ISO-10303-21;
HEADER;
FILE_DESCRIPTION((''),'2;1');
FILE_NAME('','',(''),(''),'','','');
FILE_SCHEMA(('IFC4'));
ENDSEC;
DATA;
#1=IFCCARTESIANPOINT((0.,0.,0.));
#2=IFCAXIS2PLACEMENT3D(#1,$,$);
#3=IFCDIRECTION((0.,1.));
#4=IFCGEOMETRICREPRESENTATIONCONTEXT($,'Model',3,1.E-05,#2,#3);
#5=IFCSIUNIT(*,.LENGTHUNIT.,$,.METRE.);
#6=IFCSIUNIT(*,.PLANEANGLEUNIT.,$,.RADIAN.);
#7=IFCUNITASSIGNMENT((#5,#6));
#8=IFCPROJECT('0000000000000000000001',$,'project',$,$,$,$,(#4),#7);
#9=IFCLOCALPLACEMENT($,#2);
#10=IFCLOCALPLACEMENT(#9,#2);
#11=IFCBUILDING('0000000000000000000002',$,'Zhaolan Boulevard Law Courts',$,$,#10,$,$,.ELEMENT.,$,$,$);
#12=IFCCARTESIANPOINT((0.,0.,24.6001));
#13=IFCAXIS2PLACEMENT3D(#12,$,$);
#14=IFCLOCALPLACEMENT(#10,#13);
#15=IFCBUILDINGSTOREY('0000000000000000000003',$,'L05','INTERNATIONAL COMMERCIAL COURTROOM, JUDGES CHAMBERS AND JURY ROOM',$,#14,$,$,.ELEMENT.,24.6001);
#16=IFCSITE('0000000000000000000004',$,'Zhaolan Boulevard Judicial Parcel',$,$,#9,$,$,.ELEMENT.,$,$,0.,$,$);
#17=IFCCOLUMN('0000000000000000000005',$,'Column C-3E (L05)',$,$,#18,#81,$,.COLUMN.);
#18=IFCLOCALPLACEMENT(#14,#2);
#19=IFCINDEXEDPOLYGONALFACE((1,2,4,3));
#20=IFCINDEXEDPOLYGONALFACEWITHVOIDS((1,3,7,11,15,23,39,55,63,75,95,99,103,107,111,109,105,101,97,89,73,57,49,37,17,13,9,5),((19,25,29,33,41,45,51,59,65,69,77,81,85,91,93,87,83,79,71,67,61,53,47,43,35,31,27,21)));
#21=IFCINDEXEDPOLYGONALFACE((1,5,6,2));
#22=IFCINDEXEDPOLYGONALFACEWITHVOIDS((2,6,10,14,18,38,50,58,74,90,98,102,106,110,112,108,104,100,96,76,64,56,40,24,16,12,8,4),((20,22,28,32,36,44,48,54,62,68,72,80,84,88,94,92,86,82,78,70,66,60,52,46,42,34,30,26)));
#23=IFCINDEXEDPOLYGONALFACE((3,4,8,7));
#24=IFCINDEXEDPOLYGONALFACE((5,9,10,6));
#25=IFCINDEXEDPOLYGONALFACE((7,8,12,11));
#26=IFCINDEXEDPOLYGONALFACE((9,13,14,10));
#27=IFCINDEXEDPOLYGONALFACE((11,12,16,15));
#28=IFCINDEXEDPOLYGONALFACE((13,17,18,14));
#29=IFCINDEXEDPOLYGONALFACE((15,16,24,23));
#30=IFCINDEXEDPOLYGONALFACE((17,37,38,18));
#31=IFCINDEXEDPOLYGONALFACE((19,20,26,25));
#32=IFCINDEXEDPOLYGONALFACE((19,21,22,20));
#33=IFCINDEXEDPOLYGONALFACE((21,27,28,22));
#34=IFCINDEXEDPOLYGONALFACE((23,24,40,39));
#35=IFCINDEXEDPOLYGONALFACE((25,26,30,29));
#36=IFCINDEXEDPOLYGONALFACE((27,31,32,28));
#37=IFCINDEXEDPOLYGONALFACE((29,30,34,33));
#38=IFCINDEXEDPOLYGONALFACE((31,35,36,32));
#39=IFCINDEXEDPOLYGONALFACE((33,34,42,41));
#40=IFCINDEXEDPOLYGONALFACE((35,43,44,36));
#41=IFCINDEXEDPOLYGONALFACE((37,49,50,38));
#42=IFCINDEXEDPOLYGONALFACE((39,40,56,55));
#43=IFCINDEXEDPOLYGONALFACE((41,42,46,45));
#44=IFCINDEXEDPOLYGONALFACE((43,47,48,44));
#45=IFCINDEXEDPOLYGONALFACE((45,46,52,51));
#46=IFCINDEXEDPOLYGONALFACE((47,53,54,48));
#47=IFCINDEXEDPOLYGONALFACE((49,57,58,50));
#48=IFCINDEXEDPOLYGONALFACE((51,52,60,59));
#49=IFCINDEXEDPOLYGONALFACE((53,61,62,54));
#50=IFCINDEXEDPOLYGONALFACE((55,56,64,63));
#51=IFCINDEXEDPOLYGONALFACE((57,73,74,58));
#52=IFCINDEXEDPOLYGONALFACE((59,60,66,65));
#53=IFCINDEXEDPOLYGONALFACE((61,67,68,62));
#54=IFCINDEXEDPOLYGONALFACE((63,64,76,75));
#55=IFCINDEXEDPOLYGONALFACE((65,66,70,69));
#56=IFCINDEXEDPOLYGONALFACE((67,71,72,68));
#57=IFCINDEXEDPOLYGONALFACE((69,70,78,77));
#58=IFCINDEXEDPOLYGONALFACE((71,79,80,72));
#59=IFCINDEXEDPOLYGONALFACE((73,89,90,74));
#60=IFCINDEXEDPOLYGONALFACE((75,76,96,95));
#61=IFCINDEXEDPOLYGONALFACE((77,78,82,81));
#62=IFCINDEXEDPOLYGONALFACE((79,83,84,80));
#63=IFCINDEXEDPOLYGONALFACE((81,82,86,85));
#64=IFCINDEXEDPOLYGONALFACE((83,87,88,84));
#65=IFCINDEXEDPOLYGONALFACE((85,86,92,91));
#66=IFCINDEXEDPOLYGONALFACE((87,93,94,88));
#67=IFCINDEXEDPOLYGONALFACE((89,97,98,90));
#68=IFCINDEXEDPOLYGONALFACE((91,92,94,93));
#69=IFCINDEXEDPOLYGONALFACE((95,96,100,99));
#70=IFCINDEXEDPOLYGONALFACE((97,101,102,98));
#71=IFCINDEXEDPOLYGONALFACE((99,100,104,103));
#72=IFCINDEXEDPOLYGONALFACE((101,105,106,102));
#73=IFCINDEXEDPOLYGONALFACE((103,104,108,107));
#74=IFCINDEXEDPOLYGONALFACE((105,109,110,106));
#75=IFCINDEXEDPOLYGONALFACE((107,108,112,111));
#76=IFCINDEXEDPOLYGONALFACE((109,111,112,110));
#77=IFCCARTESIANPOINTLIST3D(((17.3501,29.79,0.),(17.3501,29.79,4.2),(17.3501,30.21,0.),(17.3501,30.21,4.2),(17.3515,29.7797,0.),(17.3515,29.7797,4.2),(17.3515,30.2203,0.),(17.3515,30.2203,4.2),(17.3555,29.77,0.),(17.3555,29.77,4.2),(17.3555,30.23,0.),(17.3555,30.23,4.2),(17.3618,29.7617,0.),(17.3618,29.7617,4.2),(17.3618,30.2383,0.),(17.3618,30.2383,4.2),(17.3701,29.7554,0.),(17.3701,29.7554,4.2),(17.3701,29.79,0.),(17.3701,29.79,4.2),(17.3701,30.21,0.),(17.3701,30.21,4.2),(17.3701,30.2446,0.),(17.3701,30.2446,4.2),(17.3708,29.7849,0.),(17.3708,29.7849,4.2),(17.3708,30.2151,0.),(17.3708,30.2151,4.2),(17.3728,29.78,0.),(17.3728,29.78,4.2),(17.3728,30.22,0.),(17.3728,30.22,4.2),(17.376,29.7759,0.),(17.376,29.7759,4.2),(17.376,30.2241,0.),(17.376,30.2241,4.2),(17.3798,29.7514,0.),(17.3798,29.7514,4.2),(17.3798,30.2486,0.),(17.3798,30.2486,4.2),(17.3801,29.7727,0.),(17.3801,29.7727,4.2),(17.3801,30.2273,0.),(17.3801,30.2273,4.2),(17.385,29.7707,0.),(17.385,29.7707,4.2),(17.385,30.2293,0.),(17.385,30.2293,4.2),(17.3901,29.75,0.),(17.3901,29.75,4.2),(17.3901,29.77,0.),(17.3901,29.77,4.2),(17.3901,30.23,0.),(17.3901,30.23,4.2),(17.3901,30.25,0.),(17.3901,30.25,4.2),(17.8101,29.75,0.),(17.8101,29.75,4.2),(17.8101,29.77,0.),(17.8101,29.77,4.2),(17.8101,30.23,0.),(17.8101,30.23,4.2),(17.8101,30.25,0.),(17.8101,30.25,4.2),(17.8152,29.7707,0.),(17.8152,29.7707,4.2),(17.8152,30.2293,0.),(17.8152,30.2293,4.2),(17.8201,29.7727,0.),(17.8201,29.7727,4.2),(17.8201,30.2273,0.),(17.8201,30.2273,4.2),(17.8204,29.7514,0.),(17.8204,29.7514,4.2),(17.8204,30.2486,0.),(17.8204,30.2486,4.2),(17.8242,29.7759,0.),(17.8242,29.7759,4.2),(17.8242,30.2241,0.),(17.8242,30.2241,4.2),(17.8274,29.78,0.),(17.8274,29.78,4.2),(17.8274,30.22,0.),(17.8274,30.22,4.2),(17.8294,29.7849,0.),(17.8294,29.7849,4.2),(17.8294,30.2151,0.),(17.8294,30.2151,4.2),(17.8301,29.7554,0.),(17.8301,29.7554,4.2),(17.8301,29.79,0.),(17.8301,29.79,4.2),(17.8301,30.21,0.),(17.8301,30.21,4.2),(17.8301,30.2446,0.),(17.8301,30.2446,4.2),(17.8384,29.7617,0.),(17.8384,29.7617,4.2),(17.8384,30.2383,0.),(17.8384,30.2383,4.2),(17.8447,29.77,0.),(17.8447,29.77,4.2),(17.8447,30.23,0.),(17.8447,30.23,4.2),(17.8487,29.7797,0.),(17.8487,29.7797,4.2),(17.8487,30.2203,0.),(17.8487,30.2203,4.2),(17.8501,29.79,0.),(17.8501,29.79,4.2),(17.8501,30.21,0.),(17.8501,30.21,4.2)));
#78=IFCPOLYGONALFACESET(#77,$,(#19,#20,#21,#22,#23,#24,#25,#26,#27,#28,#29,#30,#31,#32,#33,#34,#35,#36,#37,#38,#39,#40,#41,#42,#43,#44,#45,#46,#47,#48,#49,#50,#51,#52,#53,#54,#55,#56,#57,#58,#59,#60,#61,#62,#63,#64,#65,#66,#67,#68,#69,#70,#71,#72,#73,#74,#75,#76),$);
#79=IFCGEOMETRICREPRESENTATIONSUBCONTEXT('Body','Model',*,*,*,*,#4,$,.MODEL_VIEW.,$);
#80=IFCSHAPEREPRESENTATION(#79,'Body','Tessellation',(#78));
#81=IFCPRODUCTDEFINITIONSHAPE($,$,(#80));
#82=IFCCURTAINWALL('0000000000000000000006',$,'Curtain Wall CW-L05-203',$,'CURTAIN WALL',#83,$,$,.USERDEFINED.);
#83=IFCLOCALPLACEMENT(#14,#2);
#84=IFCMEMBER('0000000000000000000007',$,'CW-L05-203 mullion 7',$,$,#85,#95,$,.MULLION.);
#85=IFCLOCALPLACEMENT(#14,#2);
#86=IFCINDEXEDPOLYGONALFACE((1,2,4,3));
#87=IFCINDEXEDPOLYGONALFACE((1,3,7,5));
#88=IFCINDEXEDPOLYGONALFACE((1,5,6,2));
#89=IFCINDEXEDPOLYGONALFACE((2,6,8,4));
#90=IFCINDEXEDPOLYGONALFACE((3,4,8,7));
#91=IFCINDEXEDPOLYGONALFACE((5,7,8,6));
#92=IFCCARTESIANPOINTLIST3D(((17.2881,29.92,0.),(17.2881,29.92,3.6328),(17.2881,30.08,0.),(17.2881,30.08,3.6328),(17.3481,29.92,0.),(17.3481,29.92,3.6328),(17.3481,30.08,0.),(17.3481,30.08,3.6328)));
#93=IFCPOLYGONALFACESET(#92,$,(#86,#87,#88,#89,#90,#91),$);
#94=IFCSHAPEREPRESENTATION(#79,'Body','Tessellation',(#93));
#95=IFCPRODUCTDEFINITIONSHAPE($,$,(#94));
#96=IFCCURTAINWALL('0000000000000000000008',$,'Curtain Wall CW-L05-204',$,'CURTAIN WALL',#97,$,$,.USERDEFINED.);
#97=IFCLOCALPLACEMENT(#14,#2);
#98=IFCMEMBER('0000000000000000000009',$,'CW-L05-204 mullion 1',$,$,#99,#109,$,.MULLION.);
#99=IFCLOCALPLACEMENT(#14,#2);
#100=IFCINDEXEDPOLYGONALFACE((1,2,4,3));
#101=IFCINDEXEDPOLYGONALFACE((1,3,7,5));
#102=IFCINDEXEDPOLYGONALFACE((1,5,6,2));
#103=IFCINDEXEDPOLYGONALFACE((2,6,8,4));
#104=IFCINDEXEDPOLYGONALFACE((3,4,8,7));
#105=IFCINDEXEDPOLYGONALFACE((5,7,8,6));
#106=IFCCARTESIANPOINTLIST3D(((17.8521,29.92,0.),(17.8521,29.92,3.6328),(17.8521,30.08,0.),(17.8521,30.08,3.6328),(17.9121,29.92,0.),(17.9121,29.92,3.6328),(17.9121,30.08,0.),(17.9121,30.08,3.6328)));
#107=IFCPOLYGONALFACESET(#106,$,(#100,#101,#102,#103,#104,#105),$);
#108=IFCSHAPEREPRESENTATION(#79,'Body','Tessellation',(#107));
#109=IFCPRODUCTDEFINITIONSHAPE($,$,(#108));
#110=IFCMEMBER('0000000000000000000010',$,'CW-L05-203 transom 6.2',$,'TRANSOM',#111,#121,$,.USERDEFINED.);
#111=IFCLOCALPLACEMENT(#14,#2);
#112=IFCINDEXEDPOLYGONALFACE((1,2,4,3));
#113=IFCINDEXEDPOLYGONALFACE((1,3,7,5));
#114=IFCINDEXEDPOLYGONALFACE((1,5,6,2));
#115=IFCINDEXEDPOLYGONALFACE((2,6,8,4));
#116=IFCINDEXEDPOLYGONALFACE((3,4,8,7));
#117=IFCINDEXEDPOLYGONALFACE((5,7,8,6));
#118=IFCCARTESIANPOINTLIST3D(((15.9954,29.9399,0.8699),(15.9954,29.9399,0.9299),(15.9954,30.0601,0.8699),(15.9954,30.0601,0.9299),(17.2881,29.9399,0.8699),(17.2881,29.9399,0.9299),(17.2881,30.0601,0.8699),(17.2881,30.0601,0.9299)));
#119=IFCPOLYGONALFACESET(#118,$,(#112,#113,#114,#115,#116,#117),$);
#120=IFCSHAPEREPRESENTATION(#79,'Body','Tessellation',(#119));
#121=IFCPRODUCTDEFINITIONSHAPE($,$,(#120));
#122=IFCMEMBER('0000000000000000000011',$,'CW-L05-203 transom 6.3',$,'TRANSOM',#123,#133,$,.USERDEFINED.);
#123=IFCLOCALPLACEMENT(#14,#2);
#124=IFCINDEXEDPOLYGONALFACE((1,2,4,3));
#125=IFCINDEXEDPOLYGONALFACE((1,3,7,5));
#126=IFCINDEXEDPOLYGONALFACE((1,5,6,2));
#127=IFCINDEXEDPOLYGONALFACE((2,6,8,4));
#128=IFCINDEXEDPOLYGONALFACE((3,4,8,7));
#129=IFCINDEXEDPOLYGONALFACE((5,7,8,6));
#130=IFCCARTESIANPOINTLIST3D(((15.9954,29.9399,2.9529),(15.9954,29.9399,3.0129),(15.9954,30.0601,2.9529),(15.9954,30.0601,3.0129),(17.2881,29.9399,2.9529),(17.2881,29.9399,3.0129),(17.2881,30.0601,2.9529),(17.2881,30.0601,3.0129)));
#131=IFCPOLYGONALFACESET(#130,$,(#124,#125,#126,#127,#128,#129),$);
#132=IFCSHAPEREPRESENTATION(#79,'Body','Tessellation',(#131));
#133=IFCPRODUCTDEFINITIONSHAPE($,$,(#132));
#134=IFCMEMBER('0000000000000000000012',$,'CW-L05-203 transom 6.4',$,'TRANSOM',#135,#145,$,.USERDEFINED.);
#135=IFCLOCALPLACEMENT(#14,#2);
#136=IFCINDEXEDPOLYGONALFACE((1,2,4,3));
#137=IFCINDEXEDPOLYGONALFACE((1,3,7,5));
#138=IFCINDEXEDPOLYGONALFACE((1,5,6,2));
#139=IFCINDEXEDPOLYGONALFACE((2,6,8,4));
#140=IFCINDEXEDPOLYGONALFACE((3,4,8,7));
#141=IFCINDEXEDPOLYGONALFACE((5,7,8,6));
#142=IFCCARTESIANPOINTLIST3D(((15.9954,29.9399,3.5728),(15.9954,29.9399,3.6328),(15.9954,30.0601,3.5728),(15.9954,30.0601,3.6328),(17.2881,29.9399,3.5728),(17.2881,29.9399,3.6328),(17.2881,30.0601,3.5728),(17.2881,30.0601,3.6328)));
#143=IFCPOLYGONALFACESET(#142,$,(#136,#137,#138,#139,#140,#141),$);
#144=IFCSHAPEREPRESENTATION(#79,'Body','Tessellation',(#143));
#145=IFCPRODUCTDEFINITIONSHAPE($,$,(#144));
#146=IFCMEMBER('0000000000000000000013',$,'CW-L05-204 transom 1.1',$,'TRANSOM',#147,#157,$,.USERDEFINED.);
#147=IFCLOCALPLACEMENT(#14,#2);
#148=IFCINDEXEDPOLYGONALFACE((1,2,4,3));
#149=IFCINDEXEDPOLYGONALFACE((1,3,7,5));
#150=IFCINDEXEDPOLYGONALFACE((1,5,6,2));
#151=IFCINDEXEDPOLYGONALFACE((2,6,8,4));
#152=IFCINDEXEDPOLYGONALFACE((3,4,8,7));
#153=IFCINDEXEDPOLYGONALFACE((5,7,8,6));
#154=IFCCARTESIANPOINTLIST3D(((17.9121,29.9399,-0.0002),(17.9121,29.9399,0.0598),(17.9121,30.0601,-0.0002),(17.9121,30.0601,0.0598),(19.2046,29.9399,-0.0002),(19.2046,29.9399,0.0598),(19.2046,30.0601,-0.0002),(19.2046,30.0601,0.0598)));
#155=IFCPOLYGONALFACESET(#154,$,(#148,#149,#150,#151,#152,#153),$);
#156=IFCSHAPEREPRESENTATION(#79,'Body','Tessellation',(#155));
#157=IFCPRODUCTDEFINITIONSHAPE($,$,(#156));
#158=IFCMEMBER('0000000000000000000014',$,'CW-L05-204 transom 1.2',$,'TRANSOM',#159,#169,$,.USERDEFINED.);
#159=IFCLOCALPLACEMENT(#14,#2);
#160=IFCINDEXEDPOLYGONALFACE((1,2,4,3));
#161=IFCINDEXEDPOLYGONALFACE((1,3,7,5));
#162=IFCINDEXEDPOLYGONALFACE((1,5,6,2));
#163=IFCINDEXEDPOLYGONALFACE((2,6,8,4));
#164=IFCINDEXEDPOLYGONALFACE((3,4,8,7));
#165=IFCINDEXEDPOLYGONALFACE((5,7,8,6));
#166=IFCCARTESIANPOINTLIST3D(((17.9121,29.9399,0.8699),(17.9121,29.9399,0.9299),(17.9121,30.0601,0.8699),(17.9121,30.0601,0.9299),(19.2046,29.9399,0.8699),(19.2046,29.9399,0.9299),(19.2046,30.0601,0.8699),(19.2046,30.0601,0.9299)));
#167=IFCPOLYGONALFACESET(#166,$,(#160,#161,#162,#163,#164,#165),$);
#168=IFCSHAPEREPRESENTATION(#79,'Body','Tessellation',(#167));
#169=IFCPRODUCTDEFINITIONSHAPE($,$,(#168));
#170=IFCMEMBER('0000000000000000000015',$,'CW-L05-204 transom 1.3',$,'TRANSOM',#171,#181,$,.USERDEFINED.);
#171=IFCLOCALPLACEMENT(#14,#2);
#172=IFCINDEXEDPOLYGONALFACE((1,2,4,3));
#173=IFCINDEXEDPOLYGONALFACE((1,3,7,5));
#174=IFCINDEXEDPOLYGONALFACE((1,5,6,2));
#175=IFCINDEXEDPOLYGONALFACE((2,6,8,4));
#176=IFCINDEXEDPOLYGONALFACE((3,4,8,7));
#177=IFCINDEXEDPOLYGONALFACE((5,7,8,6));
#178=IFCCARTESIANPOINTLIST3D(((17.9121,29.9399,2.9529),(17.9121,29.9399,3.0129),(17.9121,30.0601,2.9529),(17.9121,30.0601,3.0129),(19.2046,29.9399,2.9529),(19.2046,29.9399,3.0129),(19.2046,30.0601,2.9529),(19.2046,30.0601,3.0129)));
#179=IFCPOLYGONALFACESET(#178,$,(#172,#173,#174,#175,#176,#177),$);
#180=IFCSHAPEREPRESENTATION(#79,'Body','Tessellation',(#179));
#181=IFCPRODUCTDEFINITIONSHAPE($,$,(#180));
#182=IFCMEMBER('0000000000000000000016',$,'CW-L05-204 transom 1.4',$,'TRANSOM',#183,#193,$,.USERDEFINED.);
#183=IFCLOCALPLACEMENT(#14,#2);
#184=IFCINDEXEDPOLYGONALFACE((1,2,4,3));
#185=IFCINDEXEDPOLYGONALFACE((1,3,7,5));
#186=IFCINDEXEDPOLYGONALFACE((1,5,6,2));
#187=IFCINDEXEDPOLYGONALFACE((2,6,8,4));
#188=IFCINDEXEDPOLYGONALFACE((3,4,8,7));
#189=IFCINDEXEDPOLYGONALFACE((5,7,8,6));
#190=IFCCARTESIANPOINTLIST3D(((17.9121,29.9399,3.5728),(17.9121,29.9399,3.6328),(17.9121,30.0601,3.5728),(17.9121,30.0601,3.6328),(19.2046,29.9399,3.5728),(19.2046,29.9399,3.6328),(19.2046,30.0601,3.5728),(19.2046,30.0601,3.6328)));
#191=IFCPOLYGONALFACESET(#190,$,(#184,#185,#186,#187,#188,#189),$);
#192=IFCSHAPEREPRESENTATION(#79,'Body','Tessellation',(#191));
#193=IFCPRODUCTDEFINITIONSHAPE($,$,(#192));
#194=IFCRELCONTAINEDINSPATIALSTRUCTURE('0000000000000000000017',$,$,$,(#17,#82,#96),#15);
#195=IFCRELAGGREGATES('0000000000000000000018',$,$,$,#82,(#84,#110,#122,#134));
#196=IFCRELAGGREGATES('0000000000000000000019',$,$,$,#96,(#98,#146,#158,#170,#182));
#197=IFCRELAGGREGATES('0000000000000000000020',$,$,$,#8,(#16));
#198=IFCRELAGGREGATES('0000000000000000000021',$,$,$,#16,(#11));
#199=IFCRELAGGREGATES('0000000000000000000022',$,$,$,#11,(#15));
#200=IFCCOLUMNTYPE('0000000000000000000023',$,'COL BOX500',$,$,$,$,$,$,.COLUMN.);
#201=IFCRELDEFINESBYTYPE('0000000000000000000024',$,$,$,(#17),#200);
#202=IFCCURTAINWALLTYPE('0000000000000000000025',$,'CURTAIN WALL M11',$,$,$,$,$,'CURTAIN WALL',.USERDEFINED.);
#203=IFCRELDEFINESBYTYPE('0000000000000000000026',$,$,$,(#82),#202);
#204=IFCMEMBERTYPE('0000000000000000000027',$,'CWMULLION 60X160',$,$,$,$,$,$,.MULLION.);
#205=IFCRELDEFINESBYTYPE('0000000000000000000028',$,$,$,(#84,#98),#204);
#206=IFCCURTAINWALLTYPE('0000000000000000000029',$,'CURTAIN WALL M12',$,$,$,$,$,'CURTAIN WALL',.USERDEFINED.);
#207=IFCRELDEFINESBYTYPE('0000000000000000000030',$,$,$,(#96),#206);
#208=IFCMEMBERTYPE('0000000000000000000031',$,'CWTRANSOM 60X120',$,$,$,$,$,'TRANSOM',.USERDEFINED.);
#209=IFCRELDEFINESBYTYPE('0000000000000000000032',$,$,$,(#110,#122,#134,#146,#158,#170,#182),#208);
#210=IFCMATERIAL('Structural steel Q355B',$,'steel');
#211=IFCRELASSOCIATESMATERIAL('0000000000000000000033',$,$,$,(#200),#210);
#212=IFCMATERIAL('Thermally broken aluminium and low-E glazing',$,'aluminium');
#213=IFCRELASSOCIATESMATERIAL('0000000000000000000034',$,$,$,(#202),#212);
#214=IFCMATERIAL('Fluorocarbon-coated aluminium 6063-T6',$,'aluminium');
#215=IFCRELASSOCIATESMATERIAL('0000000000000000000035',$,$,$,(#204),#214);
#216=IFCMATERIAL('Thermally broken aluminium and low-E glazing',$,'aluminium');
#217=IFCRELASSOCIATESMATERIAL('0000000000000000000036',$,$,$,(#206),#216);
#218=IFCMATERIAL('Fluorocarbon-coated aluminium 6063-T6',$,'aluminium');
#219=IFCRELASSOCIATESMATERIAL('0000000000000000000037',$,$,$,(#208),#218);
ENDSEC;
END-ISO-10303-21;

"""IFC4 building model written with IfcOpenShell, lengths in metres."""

from ifc_helpers import new_model, si_unit, direction, frame, origin, origin_2d, place, context, subcontext, project, spatial, rectangle, hollow_rectangle, extrude, material, material_profile, profile_set, type_object, element, aggregate, save


model = new_model("IFC4")

# Units and contexts
model_context = context("Model", 3, precision=1e-05, world=origin(), true_north=direction((0.0, 1.0)))
body_context = subcontext(model_context, "Body", "Model", "MODEL_VIEW")
ifc_project = project(units=[si_unit("LENGTHUNIT", "METRE"), si_unit("PLANEANGLEUNIT", "RADIAN")], contexts=[model_context])

# Site, building, storey
site_placement = place(None, origin())
site = spatial("IfcSite", under=ifc_project, at=site_placement, Name="Zhaolan Boulevard Judicial Parcel", CompositionType="ELEMENT", RefElevation=0.0)
building_placement = place(site_placement, origin())
building = spatial("IfcBuilding", under=site, at=building_placement, Name="Zhaolan Boulevard Law Courts", CompositionType="ELEMENT")
storey_placement = place(building_placement, frame((0.0, 0.0, 24.6001)))
storey = spatial("IfcBuildingStorey", under=building, at=storey_placement, Name="L05", Description="INTERNATIONAL COMMERCIAL COURTROOM, JUDGES CHAMBERS AND JURY ROOM", CompositionType="ELEMENT", Elevation=24.6001)

# Column
ifc_material_1 = material(Name="Structural steel Q355B", Category="steel")
ifc_material_profile_1 = material_profile(ifc_material_1, hollow_rectangle(XDim=0.5, YDim=0.5, WallThickness=0.02, InnerFilletRadius=0.02, OuterFilletRadius=0.04, at=origin_2d()), Name="BOX500x500x20")
ifc_profile_set_1 = profile_set([ifc_material_profile_1], Name="Structural steel Q355B")
column_type = type_object("IfcColumnType", Name="COL BOX500", PredefinedType="COLUMN", material=ifc_profile_set_1)
column_placement = place(storey_placement, frame((17.6001, 30.0, 0.0), z_axis=(0.0, 0.0, 1.0), x_axis=(1.0, 0.0, 0.0)))
element("IfcColumn", 1, at=column_placement, inside=storey, type_object=column_type, Name="Column C-3E (L05)", PredefinedType="COLUMN", context=body_context, shape_type="SweptSolid", body=[
    extrude(hollow_rectangle(XDim=0.5, YDim=0.5, WallThickness=0.02, InnerFilletRadius=0.02, OuterFilletRadius=0.04, at=origin_2d()), origin(), (0.0, 0.0, 1.0), 4.2),
])

# Curtain walls, members
ifc_material_2 = material(Name="Thermally broken aluminium and low-E glazing", Category="aluminium")
curtain_wall_type_1 = type_object("IfcCurtainWallType", Name="CURTAIN WALL M11", ElementType="CURTAIN WALL", PredefinedType="USERDEFINED", material=ifc_material_2)
curtain_wall_1_placement = place(storey_placement, origin())
curtain_wall_1 = element("IfcCurtainWall", 2, at=curtain_wall_1_placement, inside=storey, type_object=curtain_wall_type_1, Name="Curtain Wall CW-L05-203", ObjectType="CURTAIN WALL", PredefinedType="USERDEFINED")
ifc_material_3 = material(Name="Fluorocarbon-coated aluminium 6063-T6", Category="aluminium")
ifc_material_profile_2 = material_profile(ifc_material_3, rectangle(XDim=0.1599, YDim=0.0601, at=origin_2d()), Name="AL60x160")
ifc_profile_set_2 = profile_set([ifc_material_profile_2], Name="Fluorocarbon-coated aluminium 6063-T6")
member_type_1 = type_object("IfcMemberType", Name="CWMULLION 60X160", PredefinedType="MULLION", material=ifc_profile_set_2)
member_1_placement = place(storey_placement, frame((17.3181, 30.0, 0.0), z_axis=(0.0, 0.0, 1.0), x_axis=(0.0, 1.0, 0.0)))
member_1 = element("IfcMember", 3, at=member_1_placement, type_object=member_type_1, Name="CW-L05-203 mullion 7", PredefinedType="MULLION", context=body_context, shape_type="SweptSolid", body=[
    extrude(rectangle(XDim=0.1599, YDim=0.0601, at=origin_2d()), origin(), (0.0, 0.0, 1.0), 3.6328),
])
ifc_material_4 = material(Name="Thermally broken aluminium and low-E glazing", Category="aluminium")
curtain_wall_type_2 = type_object("IfcCurtainWallType", Name="CURTAIN WALL M12", ElementType="CURTAIN WALL", PredefinedType="USERDEFINED", material=ifc_material_4)
curtain_wall_2_placement = place(storey_placement, origin())
curtain_wall_2 = element("IfcCurtainWall", 4, at=curtain_wall_2_placement, inside=storey, type_object=curtain_wall_type_2, Name="Curtain Wall CW-L05-204", ObjectType="CURTAIN WALL", PredefinedType="USERDEFINED")
member_2_placement = place(storey_placement, frame((17.8821, 30.0, 0.0), z_axis=(0.0, 0.0, 1.0), x_axis=(0.0, 1.0, 0.0)))
member_2 = element("IfcMember", 5, at=member_2_placement, type_object=member_type_1, Name="CW-L05-204 mullion 1", PredefinedType="MULLION", context=body_context, shape_type="SweptSolid", body=[
    extrude(rectangle(XDim=0.1599, YDim=0.0601, at=origin_2d()), origin(), (0.0, 0.0, 1.0), 3.6328),
])

# Members
ifc_material_5 = material(Name="Fluorocarbon-coated aluminium 6063-T6", Category="aluminium")
ifc_material_profile_3 = material_profile(ifc_material_5, rectangle(XDim=0.1201, YDim=0.0601, at=origin_2d()), Name="AL60x120")
ifc_profile_set_3 = profile_set([ifc_material_profile_3], Name="Fluorocarbon-coated aluminium 6063-T6")
member_type_2 = type_object("IfcMemberType", Name="CWTRANSOM 60X120", ElementType="TRANSOM", PredefinedType="USERDEFINED", material=ifc_profile_set_3)
member_3_placement = place(storey_placement, frame((15.9954, 30.0, 0.8999), z_axis=(1.0, 0.0, 0.0), x_axis=(0.0, 1.0, 0.0)))
member_3 = element("IfcMember", 6, at=member_3_placement, type_object=member_type_2, Name="CW-L05-203 transom 6.2", ObjectType="TRANSOM", PredefinedType="USERDEFINED", context=body_context, shape_type="SweptSolid", body=[
    extrude(rectangle(XDim=0.1201, YDim=0.0601, at=origin_2d()), origin(), (0.0, 0.0, 1.0), 1.2927),
])
member_4_placement = place(storey_placement, frame((15.9954, 30.0, 2.9829), z_axis=(1.0, 0.0, 0.0), x_axis=(0.0, 1.0, 0.0)))
member_4 = element("IfcMember", 7, at=member_4_placement, type_object=member_type_2, Name="CW-L05-203 transom 6.3", ObjectType="TRANSOM", PredefinedType="USERDEFINED", context=body_context, shape_type="SweptSolid", body=[
    extrude(rectangle(XDim=0.1201, YDim=0.0601, at=origin_2d()), origin(), (0.0, 0.0, 1.0), 1.2927),
])
member_5_placement = place(storey_placement, frame((15.9954, 30.0, 3.6028), z_axis=(1.0, 0.0, 0.0), x_axis=(0.0, 1.0, 0.0)))
member_5 = element("IfcMember", 8, at=member_5_placement, type_object=member_type_2, Name="CW-L05-203 transom 6.4", ObjectType="TRANSOM", PredefinedType="USERDEFINED", context=body_context, shape_type="SweptSolid", body=[
    extrude(rectangle(XDim=0.1201, YDim=0.0601, at=origin_2d()), origin(), (0.0, 0.0, 1.0), 1.2927),
])
member_6_placement = place(storey_placement, frame((17.9121, 30.0, 0.0298), z_axis=(1.0, 0.0, 0.0), x_axis=(0.0, 1.0, 0.0)))
member_6 = element("IfcMember", 9, at=member_6_placement, type_object=member_type_2, Name="CW-L05-204 transom 1.1", ObjectType="TRANSOM", PredefinedType="USERDEFINED", context=body_context, shape_type="SweptSolid", body=[
    extrude(rectangle(XDim=0.1201, YDim=0.0601, at=origin_2d()), origin(), (0.0, 0.0, 1.0), 1.2925),
])
member_7_placement = place(storey_placement, frame((17.9121, 30.0, 0.8999), z_axis=(1.0, 0.0, 0.0), x_axis=(0.0, 1.0, 0.0)))
member_7 = element("IfcMember", 10, at=member_7_placement, type_object=member_type_2, Name="CW-L05-204 transom 1.2", ObjectType="TRANSOM", PredefinedType="USERDEFINED", context=body_context, shape_type="SweptSolid", body=[
    extrude(rectangle(XDim=0.1201, YDim=0.0601, at=origin_2d()), origin(), (0.0, 0.0, 1.0), 1.2925),
])
member_8_placement = place(storey_placement, frame((17.9121, 30.0, 2.9829), z_axis=(1.0, 0.0, 0.0), x_axis=(0.0, 1.0, 0.0)))
member_8 = element("IfcMember", 11, at=member_8_placement, type_object=member_type_2, Name="CW-L05-204 transom 1.3", ObjectType="TRANSOM", PredefinedType="USERDEFINED", context=body_context, shape_type="SweptSolid", body=[
    extrude(rectangle(XDim=0.1201, YDim=0.0601, at=origin_2d()), origin(), (0.0, 0.0, 1.0), 1.2925),
])
member_9_placement = place(storey_placement, frame((17.9121, 30.0, 3.6028), z_axis=(1.0, 0.0, 0.0), x_axis=(0.0, 1.0, 0.0)))
member_9 = element("IfcMember", 12, at=member_9_placement, type_object=member_type_2, Name="CW-L05-204 transom 1.4", ObjectType="TRANSOM", PredefinedType="USERDEFINED", context=body_context, shape_type="SweptSolid", body=[
    extrude(rectangle(XDim=0.1201, YDim=0.0601, at=origin_2d()), origin(), (0.0, 0.0, 1.0), 1.2925),
])

aggregate(curtain_wall_1, [member_1, member_3, member_4, member_5])
aggregate(curtain_wall_2, [member_2, member_6, member_7, member_8, member_9])

save(model, "model.ifc")
